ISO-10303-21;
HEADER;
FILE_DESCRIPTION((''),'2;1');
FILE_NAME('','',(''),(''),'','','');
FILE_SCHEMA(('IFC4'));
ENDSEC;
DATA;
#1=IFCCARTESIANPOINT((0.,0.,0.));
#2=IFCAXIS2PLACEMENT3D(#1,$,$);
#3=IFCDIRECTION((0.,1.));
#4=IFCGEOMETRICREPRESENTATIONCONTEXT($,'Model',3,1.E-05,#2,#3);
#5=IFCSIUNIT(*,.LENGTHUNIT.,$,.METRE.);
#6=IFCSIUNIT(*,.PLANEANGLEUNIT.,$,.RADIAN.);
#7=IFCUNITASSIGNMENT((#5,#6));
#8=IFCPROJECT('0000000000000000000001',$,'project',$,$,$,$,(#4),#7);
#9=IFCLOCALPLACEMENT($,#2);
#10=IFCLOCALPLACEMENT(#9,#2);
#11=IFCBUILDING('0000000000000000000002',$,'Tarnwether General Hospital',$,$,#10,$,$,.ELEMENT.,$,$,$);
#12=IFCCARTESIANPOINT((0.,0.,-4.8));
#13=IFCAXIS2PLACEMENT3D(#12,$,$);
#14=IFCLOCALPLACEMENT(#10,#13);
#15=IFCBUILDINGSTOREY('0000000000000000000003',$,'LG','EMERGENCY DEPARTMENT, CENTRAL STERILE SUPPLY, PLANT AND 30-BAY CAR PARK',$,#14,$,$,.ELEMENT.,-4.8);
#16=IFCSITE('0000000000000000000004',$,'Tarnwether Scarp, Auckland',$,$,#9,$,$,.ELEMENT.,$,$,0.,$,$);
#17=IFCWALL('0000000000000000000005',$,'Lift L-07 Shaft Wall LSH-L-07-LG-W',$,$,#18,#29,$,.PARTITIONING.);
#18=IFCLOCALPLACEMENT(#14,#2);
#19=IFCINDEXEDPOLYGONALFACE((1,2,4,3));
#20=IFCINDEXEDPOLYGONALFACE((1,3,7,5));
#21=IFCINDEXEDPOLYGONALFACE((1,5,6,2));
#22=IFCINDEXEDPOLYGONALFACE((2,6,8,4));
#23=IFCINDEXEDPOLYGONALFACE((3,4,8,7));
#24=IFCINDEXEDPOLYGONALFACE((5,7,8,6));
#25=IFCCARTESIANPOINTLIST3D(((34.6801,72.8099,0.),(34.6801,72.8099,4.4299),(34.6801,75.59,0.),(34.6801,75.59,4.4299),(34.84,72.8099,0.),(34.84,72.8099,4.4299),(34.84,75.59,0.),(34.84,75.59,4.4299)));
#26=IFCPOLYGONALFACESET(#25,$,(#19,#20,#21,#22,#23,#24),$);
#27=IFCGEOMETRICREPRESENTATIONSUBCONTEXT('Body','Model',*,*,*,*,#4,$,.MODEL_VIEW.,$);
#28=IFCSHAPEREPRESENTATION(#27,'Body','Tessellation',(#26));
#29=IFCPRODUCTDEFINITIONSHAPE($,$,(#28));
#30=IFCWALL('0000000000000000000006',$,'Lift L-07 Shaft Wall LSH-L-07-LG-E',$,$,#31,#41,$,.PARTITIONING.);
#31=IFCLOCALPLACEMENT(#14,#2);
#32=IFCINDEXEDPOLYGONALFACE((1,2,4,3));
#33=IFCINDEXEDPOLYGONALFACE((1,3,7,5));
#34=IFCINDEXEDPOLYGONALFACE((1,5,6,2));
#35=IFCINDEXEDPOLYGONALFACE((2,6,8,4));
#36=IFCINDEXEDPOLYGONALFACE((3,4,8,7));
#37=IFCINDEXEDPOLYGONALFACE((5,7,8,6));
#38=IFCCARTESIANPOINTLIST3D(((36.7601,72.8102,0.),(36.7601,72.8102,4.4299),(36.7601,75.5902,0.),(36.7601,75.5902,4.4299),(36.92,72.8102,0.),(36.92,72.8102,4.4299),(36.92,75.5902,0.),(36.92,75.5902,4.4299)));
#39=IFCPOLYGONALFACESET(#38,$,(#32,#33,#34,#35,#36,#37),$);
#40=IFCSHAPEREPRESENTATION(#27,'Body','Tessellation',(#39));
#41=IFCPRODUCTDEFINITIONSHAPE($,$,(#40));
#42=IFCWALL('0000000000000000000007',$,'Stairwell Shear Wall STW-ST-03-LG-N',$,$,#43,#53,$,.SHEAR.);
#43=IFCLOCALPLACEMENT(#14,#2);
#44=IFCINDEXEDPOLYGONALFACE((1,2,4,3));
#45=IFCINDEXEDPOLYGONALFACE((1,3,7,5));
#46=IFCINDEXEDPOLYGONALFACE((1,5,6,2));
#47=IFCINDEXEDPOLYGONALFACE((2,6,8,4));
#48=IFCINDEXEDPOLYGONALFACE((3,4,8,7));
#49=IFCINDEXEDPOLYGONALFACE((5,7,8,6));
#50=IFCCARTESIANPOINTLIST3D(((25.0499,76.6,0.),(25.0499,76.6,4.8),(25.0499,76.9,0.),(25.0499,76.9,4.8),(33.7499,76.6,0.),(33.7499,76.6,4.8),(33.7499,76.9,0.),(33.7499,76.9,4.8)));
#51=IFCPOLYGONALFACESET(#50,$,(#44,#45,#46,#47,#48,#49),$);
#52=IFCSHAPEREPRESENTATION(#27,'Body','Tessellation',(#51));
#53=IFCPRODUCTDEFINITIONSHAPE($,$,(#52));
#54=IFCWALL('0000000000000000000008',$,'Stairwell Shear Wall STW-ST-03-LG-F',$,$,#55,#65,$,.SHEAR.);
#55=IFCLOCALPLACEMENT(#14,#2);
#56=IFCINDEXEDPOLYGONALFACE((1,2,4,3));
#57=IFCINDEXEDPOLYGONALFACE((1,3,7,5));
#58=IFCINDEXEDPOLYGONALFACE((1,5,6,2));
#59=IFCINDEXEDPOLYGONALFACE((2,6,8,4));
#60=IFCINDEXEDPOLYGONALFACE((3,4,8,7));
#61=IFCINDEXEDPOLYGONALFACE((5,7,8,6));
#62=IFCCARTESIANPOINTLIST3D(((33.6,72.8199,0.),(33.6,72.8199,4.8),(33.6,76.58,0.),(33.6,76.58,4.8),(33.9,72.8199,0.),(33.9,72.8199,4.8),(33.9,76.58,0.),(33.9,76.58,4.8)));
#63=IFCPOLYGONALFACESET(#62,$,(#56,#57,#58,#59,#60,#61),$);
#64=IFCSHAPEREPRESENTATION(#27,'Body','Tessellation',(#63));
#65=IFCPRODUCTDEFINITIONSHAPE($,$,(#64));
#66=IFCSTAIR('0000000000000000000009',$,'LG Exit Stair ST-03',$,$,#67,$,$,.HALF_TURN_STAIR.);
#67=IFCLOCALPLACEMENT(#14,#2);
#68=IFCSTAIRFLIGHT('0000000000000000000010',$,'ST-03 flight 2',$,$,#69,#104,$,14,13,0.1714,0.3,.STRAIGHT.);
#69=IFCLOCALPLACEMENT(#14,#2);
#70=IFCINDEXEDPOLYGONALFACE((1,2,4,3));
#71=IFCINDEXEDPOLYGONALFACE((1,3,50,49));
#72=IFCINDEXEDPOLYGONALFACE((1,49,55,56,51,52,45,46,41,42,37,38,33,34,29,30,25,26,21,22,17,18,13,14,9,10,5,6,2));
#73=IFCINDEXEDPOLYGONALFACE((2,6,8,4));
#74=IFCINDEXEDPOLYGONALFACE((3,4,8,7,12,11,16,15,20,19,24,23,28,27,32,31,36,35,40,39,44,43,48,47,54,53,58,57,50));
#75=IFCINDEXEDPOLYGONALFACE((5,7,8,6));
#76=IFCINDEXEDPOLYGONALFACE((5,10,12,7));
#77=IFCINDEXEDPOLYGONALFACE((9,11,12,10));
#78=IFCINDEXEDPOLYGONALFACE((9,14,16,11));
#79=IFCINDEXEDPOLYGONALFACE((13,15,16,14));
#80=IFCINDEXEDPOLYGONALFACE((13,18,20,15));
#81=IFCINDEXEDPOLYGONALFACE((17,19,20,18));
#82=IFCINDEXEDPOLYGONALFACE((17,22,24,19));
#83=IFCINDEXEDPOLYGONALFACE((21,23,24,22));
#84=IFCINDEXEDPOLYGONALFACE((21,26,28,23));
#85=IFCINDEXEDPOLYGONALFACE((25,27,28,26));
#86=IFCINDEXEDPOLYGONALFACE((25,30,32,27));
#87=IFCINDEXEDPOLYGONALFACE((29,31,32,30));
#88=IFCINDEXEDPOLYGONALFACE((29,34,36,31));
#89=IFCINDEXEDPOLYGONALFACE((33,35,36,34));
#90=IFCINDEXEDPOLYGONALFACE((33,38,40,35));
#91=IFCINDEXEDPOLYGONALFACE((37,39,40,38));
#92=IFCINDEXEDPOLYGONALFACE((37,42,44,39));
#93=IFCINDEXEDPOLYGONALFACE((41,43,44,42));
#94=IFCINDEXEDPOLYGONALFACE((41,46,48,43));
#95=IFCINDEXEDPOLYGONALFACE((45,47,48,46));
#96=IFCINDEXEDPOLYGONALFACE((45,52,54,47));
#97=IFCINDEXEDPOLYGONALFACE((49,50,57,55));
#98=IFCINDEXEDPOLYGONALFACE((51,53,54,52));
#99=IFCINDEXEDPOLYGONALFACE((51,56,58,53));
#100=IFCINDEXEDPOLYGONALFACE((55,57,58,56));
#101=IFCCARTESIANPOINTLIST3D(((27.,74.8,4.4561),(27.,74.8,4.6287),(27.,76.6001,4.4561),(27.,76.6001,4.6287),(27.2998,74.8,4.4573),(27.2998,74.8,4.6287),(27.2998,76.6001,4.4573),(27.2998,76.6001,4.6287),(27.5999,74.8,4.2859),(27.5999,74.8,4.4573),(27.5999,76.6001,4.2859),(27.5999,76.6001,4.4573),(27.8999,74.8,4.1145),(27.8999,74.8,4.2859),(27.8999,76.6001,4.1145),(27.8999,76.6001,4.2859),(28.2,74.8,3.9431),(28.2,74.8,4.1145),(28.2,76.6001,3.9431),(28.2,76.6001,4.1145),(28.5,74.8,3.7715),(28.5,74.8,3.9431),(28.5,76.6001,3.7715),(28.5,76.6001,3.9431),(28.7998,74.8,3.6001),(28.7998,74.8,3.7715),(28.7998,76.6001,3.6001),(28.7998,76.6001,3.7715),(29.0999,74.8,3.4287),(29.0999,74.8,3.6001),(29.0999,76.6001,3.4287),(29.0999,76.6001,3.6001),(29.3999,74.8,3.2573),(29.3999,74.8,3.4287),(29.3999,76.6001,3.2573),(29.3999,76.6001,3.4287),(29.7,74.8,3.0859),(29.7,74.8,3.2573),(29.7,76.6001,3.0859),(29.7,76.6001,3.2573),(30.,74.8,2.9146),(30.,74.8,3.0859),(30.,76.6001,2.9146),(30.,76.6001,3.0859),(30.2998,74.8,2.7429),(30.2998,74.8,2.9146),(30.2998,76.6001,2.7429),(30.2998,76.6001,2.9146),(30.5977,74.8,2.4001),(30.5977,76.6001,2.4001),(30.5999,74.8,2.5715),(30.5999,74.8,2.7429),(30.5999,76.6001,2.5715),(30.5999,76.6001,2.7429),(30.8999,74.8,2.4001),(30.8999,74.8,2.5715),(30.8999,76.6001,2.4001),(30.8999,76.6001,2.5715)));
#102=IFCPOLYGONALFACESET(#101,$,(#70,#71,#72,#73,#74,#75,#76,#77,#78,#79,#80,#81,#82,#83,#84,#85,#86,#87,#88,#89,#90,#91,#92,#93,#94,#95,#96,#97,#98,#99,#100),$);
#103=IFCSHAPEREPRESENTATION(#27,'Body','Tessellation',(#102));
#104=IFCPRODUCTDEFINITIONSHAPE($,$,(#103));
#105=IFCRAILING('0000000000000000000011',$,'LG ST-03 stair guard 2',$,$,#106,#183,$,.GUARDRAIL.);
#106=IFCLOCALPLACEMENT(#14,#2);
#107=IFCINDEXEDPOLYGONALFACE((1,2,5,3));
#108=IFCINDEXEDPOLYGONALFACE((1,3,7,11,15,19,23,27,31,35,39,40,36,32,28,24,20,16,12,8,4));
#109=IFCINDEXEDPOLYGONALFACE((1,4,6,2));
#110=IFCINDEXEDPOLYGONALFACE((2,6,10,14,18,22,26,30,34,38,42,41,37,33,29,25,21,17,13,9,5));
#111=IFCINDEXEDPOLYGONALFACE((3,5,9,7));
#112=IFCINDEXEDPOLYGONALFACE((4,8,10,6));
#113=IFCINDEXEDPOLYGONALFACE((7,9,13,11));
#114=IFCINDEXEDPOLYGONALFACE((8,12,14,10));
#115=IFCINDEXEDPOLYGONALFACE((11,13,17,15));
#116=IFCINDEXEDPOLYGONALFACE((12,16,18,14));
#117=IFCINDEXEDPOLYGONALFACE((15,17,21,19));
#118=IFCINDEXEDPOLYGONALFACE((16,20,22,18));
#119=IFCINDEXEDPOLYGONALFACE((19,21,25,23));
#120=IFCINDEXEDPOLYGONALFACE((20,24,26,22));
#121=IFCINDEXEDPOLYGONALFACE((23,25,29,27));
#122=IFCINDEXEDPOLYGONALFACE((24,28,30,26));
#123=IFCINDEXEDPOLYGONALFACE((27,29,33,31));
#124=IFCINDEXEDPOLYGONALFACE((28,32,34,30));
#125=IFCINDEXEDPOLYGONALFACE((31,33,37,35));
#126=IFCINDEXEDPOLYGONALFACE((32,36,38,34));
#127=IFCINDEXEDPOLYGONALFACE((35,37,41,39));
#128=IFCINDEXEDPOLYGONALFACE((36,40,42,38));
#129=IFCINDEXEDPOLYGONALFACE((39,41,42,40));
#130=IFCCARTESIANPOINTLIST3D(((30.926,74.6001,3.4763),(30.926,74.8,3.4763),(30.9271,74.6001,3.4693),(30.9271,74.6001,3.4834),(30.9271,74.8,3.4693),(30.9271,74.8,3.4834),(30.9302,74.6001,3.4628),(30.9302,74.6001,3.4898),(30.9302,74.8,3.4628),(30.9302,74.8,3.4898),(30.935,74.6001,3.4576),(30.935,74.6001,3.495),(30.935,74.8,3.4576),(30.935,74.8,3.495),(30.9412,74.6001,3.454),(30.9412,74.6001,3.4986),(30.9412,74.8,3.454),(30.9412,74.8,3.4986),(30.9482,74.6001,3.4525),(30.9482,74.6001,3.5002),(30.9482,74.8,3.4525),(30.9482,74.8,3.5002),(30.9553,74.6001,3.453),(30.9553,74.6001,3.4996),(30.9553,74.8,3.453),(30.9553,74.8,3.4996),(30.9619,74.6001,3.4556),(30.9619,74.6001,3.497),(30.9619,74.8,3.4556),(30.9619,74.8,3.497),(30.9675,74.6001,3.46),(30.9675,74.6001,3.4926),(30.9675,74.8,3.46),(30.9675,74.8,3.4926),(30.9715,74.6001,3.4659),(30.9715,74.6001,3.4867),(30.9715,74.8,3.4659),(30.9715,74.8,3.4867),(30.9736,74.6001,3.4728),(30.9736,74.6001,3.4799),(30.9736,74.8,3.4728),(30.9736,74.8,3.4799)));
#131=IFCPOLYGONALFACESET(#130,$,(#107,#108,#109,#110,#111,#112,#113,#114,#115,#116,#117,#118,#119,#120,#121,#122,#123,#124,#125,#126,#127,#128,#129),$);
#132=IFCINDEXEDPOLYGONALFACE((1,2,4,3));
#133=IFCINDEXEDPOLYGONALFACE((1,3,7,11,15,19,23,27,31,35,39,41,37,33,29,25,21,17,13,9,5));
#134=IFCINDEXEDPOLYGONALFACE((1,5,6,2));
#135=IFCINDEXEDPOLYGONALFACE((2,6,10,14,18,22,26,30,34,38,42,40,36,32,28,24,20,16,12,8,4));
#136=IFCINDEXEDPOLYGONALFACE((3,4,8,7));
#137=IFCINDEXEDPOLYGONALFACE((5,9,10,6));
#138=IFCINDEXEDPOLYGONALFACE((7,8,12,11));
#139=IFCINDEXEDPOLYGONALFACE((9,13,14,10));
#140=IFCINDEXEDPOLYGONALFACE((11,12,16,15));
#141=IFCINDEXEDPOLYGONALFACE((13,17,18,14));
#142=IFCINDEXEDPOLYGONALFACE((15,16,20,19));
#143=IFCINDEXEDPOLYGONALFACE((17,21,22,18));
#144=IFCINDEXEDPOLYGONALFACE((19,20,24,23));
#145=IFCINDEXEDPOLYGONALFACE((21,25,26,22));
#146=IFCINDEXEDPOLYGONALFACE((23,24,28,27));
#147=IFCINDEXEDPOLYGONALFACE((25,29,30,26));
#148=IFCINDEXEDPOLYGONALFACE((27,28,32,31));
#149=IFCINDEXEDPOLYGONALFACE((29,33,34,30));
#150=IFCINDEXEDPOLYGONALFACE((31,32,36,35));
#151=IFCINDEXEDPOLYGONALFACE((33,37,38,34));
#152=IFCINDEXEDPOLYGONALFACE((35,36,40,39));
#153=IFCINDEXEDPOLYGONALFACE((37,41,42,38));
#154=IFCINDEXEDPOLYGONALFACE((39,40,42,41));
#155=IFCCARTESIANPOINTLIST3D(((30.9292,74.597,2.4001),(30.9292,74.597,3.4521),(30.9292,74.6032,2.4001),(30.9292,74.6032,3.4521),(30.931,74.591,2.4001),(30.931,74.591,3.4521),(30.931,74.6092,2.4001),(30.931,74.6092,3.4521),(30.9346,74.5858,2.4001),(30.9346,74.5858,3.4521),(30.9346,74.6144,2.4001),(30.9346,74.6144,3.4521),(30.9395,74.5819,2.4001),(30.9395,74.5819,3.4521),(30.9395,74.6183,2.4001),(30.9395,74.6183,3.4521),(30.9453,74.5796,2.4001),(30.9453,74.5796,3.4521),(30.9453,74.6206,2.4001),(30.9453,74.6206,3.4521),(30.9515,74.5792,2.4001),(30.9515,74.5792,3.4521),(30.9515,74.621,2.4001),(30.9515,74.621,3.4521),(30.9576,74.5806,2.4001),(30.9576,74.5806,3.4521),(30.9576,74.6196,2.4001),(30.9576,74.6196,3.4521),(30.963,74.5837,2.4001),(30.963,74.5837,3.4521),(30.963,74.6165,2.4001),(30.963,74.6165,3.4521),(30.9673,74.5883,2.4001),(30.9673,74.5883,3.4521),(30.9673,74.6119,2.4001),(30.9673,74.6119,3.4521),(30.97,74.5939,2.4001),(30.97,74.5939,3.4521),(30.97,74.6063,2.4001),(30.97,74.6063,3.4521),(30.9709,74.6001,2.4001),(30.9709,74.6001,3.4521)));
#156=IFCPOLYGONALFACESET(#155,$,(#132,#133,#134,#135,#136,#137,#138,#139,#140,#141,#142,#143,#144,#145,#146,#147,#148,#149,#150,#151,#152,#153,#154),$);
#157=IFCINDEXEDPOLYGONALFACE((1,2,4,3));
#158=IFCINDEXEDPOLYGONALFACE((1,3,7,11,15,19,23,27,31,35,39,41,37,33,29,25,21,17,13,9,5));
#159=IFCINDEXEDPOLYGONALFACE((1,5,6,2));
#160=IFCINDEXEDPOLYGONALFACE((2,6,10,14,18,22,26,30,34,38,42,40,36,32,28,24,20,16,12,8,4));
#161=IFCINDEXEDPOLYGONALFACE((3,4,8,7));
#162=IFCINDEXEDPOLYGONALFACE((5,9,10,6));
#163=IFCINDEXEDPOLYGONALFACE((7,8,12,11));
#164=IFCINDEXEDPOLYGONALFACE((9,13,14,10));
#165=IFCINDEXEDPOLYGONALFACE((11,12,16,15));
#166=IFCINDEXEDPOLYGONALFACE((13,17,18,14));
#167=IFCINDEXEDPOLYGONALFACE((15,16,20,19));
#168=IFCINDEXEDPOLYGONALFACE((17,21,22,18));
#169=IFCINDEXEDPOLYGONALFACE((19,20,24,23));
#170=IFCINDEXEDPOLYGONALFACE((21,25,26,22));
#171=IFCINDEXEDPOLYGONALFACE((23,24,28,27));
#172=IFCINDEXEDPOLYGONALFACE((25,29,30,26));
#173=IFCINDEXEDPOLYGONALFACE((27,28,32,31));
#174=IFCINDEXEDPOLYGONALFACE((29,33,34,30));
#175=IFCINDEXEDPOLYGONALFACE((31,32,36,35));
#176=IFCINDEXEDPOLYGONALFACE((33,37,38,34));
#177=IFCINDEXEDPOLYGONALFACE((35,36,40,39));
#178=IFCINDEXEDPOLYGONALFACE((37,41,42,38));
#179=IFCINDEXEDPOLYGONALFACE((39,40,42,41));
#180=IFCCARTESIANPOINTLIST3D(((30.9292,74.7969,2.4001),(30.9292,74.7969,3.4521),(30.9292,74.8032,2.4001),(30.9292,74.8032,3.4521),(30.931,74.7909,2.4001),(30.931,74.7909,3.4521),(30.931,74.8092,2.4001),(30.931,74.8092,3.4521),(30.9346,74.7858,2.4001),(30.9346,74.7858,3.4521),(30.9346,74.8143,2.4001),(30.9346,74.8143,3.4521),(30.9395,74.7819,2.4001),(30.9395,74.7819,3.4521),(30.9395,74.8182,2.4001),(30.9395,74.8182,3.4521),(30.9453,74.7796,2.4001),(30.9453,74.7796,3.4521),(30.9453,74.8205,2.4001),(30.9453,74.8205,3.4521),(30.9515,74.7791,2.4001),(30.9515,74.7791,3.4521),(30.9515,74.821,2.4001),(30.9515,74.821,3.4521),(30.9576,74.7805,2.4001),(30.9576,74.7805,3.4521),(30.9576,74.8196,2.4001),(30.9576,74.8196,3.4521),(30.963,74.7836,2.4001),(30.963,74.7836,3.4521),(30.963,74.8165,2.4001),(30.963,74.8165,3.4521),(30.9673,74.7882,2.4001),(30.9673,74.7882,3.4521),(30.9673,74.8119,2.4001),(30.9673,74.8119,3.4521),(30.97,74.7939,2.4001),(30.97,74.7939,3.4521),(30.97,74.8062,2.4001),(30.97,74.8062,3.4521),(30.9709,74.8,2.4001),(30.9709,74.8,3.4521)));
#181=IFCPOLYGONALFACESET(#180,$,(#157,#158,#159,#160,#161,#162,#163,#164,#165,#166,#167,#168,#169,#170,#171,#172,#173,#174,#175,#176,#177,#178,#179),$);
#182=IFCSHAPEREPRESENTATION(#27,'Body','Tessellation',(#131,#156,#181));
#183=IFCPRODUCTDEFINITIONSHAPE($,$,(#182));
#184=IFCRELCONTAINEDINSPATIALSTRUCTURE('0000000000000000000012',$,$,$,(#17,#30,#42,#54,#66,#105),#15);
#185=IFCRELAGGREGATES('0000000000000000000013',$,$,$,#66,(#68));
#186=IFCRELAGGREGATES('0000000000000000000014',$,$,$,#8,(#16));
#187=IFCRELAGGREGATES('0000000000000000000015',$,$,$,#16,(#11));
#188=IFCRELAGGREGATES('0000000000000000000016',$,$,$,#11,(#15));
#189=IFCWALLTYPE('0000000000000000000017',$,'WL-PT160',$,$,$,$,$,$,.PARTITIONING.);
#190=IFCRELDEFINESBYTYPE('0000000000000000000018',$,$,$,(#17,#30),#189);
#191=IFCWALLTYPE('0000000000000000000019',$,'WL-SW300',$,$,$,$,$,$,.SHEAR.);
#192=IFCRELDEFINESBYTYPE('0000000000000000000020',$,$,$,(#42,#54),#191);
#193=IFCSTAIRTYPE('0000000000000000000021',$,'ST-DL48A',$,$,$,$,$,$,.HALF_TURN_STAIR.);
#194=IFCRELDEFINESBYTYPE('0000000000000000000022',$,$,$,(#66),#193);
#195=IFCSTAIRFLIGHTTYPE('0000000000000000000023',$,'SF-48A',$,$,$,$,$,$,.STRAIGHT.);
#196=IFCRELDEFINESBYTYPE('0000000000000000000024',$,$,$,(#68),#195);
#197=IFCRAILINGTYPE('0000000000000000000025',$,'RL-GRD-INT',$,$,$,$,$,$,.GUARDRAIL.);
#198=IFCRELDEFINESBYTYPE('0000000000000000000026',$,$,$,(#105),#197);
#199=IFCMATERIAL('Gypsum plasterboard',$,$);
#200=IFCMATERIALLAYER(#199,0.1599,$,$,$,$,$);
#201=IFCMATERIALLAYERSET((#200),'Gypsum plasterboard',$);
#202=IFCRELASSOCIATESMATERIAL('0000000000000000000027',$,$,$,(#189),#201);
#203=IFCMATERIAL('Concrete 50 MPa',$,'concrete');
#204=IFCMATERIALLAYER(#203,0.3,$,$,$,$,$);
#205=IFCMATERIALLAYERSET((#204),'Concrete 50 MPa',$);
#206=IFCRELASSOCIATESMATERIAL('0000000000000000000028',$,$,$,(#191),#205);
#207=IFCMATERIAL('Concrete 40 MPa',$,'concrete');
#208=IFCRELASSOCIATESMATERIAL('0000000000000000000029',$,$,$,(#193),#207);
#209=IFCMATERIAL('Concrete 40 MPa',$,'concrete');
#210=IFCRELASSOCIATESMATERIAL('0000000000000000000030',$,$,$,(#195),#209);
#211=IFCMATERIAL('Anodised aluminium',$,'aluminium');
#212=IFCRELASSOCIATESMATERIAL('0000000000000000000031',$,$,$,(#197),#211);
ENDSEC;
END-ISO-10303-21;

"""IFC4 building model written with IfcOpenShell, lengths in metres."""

from ifc_helpers import new_model, si_unit, direction, frame, frame_2d, origin, origin_2d, place, context, subcontext, project, spatial, polyline, rectangle, circle, outline, extrude, material, layer, layer_set, type_object, element, aggregate, save


model = new_model("IFC4")

# Units and contexts
model_context = context("Model", 3, precision=1e-05, world=origin(), true_north=direction((0.0, 1.0)))
body_context = subcontext(model_context, "Body", "Model", "MODEL_VIEW")
ifc_project = project(units=[si_unit("LENGTHUNIT", "METRE"), si_unit("PLANEANGLEUNIT", "RADIAN")], contexts=[model_context])

# Site, building, storey
site_placement = place(None, origin())
site = spatial("IfcSite", under=ifc_project, at=site_placement, Name="Tarnwether Scarp, Auckland", CompositionType="ELEMENT", RefElevation=0.0)
building_placement = place(site_placement, origin())
building = spatial("IfcBuilding", under=site, at=building_placement, Name="Tarnwether General Hospital", CompositionType="ELEMENT")
storey_placement = place(building_placement, frame((0.0, 0.0, -4.8)))
storey = spatial("IfcBuildingStorey", under=building, at=storey_placement, Name="LG", Description="EMERGENCY DEPARTMENT, CENTRAL STERILE SUPPLY, PLANT AND 30-BAY CAR PARK", CompositionType="ELEMENT", Elevation=-4.8)

# Shared definitions
ifc_material_1 = material(Name="Gypsum plasterboard")
ifc_layer_1 = layer(ifc_material_1, 0.1599)
ifc_layer_set_1 = layer_set([ifc_layer_1], Name="Gypsum plasterboard")
wall_type_1 = type_object("IfcWallType", Name="WL-PT160", PredefinedType="PARTITIONING", material=ifc_layer_set_1)

# Walls
for number, where, z_axis, x_axis, name in (
    (1, (34.76, 75.5901, 0.0), (0.0, 0.0, 1.0), (0.0, -1.0, 0.0), "Lift L-07 Shaft Wall LSH-L-07-LG-W"),
    (2, (36.8401, 72.8101, 0.0), (0.0, 0.0, 1.0), (0.0, 1.0, 0.0), "Lift L-07 Shaft Wall LSH-L-07-LG-E"),
):
    element("IfcWall", number, at=place(storey_placement, frame(where, z_axis=z_axis, x_axis=x_axis)), inside=storey, type_object=wall_type_1, Name=name, PredefinedType="PARTITIONING", context=body_context, shape_type="SweptSolid", body=[
        extrude(rectangle(XDim=2.78, YDim=0.1599, at=frame_2d((1.3901, 0.0))), origin(), (0.0, 0.0, 1.0), 4.4299),
    ])
ifc_material_2 = material(Name="Concrete 50 MPa", Category="concrete")
ifc_layer_2 = layer(ifc_material_2, 0.3)
ifc_layer_set_2 = layer_set([ifc_layer_2], Name="Concrete 50 MPa")
wall_type_2 = type_object("IfcWallType", Name="WL-SW300", PredefinedType="SHEAR", material=ifc_layer_set_2)
wall_1_placement = place(storey_placement, frame((33.75, 76.75, 0.0), z_axis=(0.0, 0.0, 1.0), x_axis=(-1.0, 0.0, 0.0)))
element("IfcWall", 3, at=wall_1_placement, inside=storey, type_object=wall_type_2, Name="Stairwell Shear Wall STW-ST-03-LG-N", PredefinedType="SHEAR", context=body_context, shape_type="SweptSolid", body=[
    extrude(rectangle(XDim=8.7, YDim=0.3, at=frame_2d((4.3501, 0.0))), origin(), (0.0, 0.0, 1.0), 4.8),
])
wall_2_placement = place(storey_placement, frame((33.75, 72.8201, 0.0), z_axis=(0.0, 0.0, 1.0), x_axis=(0.0, 1.0, 0.0)))
element("IfcWall", 4, at=wall_2_placement, inside=storey, type_object=wall_type_2, Name="Stairwell Shear Wall STW-ST-03-LG-F", PredefinedType="SHEAR", context=body_context, shape_type="SweptSolid", body=[
    extrude(rectangle(XDim=3.76, YDim=0.3, at=frame_2d((1.8799, 0.0))), origin(), (0.0, 0.0, 1.0), 4.8),
])

# Stair, stair flight
ifc_material_3 = material(Name="Concrete 40 MPa", Category="concrete")
stair_type = type_object("IfcStairType", Name="ST-DL48A", PredefinedType="HALF_TURN_STAIR", material=ifc_material_3)
stair_placement = place(storey_placement, origin())
stair = element("IfcStair", 5, at=stair_placement, inside=storey, type_object=stair_type, Name="LG Exit Stair ST-03", PredefinedType="HALF_TURN_STAIR")
ifc_material_4 = material(Name="Concrete 40 MPa", Category="concrete")
stair_flight_type = type_object("IfcStairFlightType", Name="SF-48A", PredefinedType="STRAIGHT", material=ifc_material_4)
stair_flight_placement = place(storey_placement, frame((30.8999, 75.7, 2.4001), z_axis=(0.0, 0.0, 1.0), x_axis=(-1.0, 0.0, 0.0)))
stair_flight = element("IfcStairFlight", 6, at=stair_flight_placement, type_object=stair_flight_type, Name="ST-03 flight 2", NumberOfRisers=14, NumberOfTreads=13, PredefinedType="STRAIGHT", RiserHeight=0.1714, TreadLength=0.3, context=body_context, shape_type="SweptSolid", body=[
    extrude(outline(polyline([(0.0, 0.0), (0.0, 0.1714), (0.3, 0.1714), (0.3, 0.3428), (0.6001, 0.3428), (0.6001, 0.5144), (0.8999, 0.5144), (0.8999, 0.6858), (1.2, 0.6858), (1.2, 0.8572), (1.5, 0.8572), (1.5, 1.0286), (1.8, 1.0286), (1.8, 1.2), (2.1001, 1.2), (2.1001, 1.3713), (2.3999, 1.3713), (2.3999, 1.543), (2.7, 1.543), (2.7, 1.7144), (3.0, 1.7144), (3.0, 1.8857), (3.3, 1.8857), (3.3, 2.0571), (3.6001, 2.0571), (3.6001, 2.2285), (3.8999, 2.2285), (3.8999, 2.3999), (3.8999, 2.0559), (0.3022, 0.0), (0.0, 0.0)])), frame((0.0, 0.8999, 0.0), z_axis=(0.0, -1.0, 0.0), x_axis=(1.0, 0.0, 0.0)), (0.0, 0.0, 1.0), 1.8),
])
aggregate(stair, [stair_flight])

# Railing
ifc_material_5 = material(Name="Anodised aluminium", Category="aluminium")
railing_type_1 = type_object("IfcRailingType", Name="RL-GRD-INT", PredefinedType="GUARDRAIL", material=ifc_material_5)
railing_1_placement = place(storey_placement, frame((30.95, 74.6001, 2.4001)))
element("IfcRailing", 7, at=railing_1_placement, inside=storey, type_object=railing_type_1, Name="LG ST-03 stair guard 2", PredefinedType="GUARDRAIL", context=body_context, shape_type="SweptSolid", body=[
    extrude(circle(Radius=0.0239, at=origin_2d()), frame((0.0, 0.0, 1.0762), z_axis=(0.0, 1.0, 0.0), x_axis=(-1.0, 0.0, 0.0)), (0.0, 0.0, 1.0), 0.2),
    extrude(circle(Radius=0.021, at=origin_2d()), origin(), (0.0, 0.0, 1.0), 1.052),
    extrude(circle(Radius=0.021, at=origin_2d()), frame((0.0, 0.2, 0.0)), (0.0, 0.0, 1.0), 1.052),
])

save(model, "model.ifc")
